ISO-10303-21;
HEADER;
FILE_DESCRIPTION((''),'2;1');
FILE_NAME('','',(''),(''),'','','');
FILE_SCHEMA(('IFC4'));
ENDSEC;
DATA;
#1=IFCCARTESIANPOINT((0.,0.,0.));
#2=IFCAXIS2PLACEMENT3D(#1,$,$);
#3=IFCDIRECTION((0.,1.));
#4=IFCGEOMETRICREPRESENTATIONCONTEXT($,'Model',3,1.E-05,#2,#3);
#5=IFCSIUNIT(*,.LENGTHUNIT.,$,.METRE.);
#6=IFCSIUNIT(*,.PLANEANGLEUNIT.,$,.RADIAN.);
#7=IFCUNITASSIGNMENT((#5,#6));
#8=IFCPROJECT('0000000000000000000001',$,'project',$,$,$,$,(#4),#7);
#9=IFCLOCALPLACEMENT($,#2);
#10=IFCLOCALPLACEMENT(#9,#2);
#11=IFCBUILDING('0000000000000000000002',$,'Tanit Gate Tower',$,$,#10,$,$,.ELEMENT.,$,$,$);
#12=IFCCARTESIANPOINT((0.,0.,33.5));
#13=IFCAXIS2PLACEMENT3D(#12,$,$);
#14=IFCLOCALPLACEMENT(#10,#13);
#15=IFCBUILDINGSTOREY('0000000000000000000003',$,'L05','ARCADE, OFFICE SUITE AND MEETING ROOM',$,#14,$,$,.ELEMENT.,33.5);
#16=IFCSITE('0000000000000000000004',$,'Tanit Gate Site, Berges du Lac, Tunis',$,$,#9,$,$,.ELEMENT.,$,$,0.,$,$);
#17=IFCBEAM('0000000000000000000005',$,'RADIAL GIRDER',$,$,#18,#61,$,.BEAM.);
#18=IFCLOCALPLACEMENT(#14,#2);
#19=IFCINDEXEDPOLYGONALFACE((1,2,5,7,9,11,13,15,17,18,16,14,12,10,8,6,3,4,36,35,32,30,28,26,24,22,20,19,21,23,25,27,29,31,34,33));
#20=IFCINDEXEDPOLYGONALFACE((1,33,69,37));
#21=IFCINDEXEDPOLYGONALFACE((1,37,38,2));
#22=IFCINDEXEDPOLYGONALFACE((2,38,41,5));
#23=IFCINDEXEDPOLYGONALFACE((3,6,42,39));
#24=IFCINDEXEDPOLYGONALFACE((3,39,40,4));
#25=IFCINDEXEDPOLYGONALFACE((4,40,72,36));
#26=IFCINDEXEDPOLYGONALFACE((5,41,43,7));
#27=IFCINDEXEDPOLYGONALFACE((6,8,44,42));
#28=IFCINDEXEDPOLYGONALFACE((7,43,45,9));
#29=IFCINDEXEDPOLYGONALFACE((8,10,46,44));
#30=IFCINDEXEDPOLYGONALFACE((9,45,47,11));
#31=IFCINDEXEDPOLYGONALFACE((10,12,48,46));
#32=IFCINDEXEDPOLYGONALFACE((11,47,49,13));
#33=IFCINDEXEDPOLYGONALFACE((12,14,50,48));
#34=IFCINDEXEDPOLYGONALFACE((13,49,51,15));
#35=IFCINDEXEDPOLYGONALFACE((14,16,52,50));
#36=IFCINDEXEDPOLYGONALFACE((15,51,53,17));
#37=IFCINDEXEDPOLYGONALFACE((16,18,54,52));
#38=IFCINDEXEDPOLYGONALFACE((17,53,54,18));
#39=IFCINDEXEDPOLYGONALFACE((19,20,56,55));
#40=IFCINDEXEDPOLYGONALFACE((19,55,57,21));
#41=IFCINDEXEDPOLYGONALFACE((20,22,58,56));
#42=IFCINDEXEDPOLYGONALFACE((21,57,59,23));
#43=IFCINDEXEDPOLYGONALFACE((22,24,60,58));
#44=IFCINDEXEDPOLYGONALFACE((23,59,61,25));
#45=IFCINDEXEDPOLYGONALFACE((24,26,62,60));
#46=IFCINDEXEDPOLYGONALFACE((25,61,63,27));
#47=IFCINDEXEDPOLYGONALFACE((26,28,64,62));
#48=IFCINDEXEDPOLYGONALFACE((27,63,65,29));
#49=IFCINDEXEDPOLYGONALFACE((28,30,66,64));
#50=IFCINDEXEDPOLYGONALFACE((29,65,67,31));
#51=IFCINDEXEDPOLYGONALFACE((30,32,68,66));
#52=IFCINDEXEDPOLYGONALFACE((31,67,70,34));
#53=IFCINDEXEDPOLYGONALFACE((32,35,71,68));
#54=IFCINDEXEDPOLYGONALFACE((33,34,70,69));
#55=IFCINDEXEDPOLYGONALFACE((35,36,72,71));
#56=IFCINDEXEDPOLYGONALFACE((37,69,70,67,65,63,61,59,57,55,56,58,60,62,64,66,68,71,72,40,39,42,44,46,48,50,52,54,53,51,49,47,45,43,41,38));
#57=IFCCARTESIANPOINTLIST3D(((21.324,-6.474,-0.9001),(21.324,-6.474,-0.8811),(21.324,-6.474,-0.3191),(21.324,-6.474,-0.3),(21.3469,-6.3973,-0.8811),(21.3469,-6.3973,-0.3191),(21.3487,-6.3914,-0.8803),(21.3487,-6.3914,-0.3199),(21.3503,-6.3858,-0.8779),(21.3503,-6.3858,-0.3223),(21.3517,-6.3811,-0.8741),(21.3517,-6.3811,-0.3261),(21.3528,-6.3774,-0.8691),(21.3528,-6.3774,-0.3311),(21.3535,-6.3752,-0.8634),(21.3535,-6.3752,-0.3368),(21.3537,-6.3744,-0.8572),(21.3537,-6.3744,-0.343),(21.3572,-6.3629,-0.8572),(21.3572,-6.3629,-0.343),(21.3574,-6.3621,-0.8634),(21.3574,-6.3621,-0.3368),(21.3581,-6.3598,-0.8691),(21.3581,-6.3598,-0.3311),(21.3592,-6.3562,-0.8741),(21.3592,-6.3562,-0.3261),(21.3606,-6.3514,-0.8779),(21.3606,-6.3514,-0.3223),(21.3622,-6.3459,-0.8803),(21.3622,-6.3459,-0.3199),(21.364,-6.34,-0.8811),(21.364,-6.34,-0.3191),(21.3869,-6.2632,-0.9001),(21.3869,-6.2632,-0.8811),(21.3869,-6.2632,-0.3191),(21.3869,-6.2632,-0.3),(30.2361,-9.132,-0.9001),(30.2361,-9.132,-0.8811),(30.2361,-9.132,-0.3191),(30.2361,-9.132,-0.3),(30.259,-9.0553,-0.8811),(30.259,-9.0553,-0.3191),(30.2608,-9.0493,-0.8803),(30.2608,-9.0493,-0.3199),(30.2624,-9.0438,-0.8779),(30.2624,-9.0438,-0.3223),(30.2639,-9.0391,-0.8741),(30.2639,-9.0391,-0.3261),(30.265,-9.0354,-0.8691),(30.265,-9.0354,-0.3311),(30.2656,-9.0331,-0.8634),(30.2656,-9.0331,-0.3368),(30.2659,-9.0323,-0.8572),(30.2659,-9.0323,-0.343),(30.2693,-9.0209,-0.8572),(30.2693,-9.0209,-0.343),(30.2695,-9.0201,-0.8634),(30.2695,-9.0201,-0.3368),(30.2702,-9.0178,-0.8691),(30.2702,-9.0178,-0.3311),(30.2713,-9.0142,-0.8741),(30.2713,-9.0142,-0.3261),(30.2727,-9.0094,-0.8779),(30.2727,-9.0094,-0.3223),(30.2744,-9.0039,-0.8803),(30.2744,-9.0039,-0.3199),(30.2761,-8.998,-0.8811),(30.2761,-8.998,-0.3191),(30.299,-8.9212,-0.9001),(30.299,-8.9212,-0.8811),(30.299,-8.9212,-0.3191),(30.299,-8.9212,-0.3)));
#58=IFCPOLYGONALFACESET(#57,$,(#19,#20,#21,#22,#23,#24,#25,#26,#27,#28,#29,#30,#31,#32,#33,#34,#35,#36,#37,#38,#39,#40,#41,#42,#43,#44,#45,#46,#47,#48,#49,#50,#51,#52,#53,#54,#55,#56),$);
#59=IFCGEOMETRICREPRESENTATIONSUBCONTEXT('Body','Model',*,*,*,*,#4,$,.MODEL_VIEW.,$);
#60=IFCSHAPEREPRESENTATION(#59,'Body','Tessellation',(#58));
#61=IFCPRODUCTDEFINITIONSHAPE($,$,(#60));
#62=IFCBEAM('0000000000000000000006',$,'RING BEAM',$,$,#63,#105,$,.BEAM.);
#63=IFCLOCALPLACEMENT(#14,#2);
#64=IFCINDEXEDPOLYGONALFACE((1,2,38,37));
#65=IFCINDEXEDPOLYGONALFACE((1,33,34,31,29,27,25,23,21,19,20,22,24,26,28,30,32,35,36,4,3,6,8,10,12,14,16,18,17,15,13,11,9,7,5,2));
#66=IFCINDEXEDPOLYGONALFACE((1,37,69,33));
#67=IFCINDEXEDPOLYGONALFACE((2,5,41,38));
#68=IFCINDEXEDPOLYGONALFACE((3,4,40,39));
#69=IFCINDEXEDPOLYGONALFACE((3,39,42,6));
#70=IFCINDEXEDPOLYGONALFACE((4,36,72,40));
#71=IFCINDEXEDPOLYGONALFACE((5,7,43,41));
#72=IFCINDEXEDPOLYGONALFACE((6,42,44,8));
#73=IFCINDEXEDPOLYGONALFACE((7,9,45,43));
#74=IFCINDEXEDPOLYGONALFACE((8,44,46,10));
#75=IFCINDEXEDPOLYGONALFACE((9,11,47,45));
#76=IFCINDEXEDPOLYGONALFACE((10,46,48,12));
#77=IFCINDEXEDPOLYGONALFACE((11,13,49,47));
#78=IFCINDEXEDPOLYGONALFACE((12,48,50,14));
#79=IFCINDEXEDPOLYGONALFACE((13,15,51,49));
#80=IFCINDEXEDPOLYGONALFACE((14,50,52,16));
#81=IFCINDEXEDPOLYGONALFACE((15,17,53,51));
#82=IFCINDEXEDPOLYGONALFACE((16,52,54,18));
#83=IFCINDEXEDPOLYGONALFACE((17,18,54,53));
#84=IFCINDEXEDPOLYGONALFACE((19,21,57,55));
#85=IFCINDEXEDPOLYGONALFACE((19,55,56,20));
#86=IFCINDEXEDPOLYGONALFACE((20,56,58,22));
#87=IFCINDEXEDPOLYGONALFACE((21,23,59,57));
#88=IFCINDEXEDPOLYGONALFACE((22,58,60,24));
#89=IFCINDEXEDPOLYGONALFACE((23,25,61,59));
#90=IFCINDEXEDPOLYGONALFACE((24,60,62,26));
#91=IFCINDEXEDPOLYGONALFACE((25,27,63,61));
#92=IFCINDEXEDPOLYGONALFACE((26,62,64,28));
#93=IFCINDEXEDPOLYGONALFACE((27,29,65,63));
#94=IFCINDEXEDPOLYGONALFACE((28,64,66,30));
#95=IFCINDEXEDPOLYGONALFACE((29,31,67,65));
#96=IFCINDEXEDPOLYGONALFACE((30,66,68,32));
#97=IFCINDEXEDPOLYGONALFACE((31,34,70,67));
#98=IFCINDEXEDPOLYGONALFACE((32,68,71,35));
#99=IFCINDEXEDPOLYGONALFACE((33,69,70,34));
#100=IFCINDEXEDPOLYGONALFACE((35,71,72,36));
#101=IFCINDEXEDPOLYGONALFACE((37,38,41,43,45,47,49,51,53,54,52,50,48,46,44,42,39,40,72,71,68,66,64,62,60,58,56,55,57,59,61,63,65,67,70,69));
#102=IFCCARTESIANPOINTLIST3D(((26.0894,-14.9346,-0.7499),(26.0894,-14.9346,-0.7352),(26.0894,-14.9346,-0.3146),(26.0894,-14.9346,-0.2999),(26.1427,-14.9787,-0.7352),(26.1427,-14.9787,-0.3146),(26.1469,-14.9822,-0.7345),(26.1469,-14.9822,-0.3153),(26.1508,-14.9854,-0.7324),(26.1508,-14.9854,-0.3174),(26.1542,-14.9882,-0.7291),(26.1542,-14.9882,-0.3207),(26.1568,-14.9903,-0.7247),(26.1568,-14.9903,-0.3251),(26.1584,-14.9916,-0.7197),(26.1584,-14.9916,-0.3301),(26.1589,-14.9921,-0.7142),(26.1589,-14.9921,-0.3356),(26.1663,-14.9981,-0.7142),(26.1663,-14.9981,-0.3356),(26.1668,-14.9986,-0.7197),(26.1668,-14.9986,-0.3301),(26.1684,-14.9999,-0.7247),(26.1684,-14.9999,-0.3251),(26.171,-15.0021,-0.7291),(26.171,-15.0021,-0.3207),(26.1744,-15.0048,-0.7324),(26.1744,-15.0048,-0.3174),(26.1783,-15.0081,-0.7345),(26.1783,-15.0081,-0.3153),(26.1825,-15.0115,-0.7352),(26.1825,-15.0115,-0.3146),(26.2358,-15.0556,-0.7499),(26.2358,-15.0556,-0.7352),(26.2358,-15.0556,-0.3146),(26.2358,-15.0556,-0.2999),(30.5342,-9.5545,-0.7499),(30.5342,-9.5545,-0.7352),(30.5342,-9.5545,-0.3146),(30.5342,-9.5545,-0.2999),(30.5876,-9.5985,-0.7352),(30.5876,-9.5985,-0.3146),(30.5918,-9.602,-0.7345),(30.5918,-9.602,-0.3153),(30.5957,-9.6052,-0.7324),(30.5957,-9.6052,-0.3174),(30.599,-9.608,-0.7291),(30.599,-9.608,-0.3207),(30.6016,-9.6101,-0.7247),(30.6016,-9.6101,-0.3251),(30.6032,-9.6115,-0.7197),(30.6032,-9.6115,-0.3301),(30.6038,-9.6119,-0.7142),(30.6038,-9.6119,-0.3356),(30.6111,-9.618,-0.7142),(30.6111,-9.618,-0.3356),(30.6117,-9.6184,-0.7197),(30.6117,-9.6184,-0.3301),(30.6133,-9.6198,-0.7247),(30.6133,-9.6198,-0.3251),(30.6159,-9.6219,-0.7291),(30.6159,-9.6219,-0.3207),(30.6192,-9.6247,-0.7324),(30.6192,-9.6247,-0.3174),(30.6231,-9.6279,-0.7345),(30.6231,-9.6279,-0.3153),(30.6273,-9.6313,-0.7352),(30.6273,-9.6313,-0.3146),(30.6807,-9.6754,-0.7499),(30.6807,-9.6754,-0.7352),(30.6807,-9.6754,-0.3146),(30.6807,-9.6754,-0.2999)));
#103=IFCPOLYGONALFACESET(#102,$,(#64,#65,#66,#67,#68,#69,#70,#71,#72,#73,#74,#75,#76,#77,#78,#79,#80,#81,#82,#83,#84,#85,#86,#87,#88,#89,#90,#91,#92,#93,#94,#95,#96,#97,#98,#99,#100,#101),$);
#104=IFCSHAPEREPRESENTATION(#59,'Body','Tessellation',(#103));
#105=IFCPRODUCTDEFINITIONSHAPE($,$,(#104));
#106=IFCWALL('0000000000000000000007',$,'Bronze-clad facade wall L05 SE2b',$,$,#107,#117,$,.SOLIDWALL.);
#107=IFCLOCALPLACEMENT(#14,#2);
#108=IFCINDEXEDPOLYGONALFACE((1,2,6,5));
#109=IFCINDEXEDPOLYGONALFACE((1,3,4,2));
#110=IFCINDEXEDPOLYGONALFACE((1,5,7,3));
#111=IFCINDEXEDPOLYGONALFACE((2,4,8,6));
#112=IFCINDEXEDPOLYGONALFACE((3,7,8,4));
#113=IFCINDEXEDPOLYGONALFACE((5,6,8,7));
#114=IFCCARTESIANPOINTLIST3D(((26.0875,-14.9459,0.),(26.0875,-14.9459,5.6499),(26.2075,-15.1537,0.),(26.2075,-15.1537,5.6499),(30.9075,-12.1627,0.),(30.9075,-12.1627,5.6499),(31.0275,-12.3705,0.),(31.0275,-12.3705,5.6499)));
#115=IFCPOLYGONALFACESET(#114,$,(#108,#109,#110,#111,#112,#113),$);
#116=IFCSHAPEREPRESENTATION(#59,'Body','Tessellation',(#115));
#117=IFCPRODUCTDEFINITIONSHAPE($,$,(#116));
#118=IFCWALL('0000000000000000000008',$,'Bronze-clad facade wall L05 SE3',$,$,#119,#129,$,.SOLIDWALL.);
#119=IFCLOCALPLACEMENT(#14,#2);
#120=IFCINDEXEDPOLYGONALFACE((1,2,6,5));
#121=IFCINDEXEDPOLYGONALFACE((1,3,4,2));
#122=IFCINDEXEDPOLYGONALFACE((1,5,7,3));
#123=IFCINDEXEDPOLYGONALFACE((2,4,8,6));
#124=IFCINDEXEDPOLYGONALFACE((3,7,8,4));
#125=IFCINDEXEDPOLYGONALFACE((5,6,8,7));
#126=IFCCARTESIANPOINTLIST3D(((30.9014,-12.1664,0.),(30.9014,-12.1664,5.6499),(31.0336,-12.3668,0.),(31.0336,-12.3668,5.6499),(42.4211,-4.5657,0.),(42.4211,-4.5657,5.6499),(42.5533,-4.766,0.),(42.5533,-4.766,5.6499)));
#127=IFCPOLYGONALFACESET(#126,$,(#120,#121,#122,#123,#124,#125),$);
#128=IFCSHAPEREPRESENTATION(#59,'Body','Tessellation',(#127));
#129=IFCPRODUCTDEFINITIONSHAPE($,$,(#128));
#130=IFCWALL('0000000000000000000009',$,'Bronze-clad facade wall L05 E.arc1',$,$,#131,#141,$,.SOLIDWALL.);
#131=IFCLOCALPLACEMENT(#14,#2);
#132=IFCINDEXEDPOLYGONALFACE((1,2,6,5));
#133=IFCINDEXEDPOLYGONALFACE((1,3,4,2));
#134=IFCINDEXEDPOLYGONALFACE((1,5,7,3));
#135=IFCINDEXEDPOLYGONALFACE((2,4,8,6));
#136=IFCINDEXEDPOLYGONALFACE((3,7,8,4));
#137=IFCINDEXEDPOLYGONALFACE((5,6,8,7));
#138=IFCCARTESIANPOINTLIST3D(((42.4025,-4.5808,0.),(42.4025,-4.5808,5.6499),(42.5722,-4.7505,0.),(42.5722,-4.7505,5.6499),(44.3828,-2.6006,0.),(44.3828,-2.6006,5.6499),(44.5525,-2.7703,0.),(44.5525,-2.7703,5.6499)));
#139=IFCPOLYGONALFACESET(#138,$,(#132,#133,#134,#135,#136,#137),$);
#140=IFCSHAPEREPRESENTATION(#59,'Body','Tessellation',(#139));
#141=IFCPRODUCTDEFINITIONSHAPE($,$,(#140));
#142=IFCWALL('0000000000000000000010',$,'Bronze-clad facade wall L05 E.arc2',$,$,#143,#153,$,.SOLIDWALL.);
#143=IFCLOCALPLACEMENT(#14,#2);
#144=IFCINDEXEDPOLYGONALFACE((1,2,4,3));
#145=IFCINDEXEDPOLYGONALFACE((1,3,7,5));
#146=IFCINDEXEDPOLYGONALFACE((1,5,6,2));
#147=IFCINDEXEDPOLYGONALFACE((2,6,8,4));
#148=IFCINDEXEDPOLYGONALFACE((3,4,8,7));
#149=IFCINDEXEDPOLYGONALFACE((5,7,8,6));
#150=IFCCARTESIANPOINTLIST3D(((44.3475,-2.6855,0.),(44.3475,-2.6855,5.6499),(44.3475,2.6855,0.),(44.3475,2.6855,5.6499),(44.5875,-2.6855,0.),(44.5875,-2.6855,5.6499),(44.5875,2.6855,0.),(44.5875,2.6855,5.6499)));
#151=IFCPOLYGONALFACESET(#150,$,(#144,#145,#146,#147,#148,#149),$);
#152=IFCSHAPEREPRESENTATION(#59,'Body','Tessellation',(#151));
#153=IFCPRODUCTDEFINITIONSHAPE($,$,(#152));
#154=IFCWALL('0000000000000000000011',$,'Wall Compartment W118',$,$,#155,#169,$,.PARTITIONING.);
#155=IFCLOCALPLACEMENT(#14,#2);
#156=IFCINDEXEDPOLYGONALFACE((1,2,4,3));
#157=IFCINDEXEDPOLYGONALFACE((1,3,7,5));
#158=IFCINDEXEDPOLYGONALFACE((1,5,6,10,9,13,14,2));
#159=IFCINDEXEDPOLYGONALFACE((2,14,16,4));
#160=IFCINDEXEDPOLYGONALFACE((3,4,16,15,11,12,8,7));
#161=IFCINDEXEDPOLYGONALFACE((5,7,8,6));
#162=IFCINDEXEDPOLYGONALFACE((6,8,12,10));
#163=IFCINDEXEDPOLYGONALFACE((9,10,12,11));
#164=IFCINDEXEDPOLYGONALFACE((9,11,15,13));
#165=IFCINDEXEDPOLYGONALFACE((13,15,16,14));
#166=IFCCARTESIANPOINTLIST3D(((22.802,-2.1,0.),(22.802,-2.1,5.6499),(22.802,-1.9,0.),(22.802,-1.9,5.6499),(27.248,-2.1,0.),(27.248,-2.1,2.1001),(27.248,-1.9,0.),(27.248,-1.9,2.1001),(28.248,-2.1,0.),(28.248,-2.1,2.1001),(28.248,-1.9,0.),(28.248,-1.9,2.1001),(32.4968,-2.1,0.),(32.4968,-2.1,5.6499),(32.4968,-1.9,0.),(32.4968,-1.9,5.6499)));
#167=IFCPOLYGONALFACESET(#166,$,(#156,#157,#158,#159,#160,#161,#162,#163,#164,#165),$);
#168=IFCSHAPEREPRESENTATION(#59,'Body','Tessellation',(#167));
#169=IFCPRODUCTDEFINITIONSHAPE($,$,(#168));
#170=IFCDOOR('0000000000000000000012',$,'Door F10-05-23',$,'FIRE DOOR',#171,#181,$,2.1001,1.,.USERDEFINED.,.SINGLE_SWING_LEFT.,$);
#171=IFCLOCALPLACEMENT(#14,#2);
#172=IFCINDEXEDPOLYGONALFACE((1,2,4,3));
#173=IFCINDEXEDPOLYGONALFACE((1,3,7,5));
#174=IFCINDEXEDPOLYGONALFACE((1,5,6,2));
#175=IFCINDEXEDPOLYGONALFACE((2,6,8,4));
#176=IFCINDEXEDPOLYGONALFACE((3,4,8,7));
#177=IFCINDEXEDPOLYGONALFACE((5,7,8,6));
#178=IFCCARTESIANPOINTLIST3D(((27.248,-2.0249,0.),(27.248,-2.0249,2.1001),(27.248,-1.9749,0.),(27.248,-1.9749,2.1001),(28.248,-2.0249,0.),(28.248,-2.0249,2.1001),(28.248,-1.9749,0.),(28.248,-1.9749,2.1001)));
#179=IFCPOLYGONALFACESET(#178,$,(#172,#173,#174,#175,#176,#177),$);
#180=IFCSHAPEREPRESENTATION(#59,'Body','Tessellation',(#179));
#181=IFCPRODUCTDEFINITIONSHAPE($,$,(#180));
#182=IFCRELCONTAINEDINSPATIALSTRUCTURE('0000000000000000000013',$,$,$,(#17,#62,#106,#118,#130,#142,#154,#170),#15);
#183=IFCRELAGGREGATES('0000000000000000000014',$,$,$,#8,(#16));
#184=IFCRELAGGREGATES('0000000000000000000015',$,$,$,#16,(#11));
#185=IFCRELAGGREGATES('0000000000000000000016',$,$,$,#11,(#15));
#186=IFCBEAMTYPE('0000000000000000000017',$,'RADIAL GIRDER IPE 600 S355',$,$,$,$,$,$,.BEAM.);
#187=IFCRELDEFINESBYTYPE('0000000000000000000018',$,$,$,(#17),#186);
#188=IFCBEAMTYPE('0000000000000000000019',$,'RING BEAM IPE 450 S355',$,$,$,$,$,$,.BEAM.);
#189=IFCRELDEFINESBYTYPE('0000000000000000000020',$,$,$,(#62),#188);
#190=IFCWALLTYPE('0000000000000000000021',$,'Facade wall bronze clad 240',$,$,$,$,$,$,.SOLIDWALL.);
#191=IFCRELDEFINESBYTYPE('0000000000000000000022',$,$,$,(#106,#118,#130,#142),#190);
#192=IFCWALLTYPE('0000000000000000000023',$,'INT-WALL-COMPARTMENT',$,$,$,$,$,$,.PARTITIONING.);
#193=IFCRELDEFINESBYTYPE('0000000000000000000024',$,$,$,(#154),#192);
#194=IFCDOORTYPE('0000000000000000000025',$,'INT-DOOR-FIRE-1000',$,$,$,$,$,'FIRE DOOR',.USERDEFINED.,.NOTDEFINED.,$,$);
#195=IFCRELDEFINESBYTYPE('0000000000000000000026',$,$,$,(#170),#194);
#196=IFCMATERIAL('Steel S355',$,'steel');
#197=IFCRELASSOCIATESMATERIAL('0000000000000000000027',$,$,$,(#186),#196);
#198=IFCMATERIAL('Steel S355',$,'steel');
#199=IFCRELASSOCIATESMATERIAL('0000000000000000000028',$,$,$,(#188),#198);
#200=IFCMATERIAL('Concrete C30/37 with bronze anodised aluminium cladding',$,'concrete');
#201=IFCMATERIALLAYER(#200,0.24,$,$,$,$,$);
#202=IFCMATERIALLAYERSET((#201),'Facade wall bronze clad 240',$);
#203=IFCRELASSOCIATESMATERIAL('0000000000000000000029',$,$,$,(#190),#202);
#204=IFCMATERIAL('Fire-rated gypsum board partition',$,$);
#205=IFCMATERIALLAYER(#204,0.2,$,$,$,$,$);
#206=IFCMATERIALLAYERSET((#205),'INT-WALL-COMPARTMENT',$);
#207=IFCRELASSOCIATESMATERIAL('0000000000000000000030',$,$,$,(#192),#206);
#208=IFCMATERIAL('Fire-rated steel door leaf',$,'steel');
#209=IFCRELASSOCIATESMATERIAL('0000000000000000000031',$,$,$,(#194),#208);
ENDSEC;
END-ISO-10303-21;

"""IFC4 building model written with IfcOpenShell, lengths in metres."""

from ifc_helpers import new_model, si_unit, direction, frame, frame_2d, origin, origin_2d, place, context, subcontext, project, spatial, rectangle, i_section, extrude, material, layer, layer_set, material_profile, profile_set, type_object, element, fill, save


model = new_model("IFC4")

# Units and contexts
model_context = context("Model", 3, precision=1e-05, world=origin(), true_north=direction((0.0, 1.0)))
body_context = subcontext(model_context, "Body", "Model", "MODEL_VIEW")
ifc_project = project(units=[si_unit("LENGTHUNIT", "METRE"), si_unit("PLANEANGLEUNIT", "RADIAN")], contexts=[model_context])

# Site, building, storey
site_placement = place(None, origin())
site = spatial("IfcSite", under=ifc_project, at=site_placement, Name="Tanit Gate Site, Berges du Lac, Tunis", CompositionType="ELEMENT", RefElevation=0.0)
building_placement = place(site_placement, origin())
building = spatial("IfcBuilding", under=site, at=building_placement, Name="Tanit Gate Tower", CompositionType="ELEMENT")
storey_placement = place(building_placement, frame((0.0, 0.0, 33.5)))
storey = spatial("IfcBuildingStorey", under=building, at=storey_placement, Name="L05", Description="ARCADE, OFFICE SUITE AND MEETING ROOM", CompositionType="ELEMENT", Elevation=33.5)

# Beams
ifc_material_1 = material(Name="Steel S355", Category="steel")
ifc_material_profile_1 = material_profile(ifc_material_1, i_section(OverallWidth=0.22, OverallDepth=0.6001, WebThickness=0.012, FlangeThickness=0.019, FilletRadius=0.0239, at=origin_2d()), Name="IPE 600")
ifc_profile_set_1 = profile_set([ifc_material_profile_1], Name="Steel S355")
beam_type_1 = type_object("IfcBeamType", Name="RADIAL GIRDER IPE 600 S355", PredefinedType="BEAM", material=ifc_profile_set_1)
beam_1_placement = place(storey_placement, frame((30.2676, -9.0266, -0.6001), z_axis=(-0.958289, 0.285801, 0.0), x_axis=(-0.285801, -0.958289, 0.0)))
element("IfcBeam", 1, at=beam_1_placement, inside=storey, type_object=beam_type_1, Name="RADIAL GIRDER", PredefinedType="BEAM", context=body_context, shape_type="SweptSolid", body=[
    extrude(i_section(OverallWidth=0.22, OverallDepth=0.6001, WebThickness=0.012, FlangeThickness=0.019, FilletRadius=0.0239, at=origin_2d()), origin(), (0.0, 0.0, 1.0), 9.3),
])
ifc_material_2 = material(Name="Steel S355", Category="steel")
ifc_material_profile_2 = material_profile(ifc_material_2, i_section(OverallWidth=0.1899, OverallDepth=0.45, WebThickness=0.0095, FlangeThickness=0.0146, FilletRadius=0.021, at=origin_2d()), Name="IPE 450")
ifc_profile_set_2 = profile_set([ifc_material_profile_2], Name="Steel S355")
beam_type_2 = type_object("IfcBeamType", Name="RING BEAM IPE 450 S355", PredefinedType="BEAM", material=ifc_profile_set_2)
beam_2_placement = place(storey_placement, frame((26.1626, -14.9951, -0.5249), z_axis=(0.636913, 0.770936, 0.0), x_axis=(-0.770936, 0.636913, 0.0)))
element("IfcBeam", 2, at=beam_2_placement, inside=storey, type_object=beam_type_2, Name="RING BEAM", PredefinedType="BEAM", context=body_context, shape_type="SweptSolid", body=[
    extrude(i_section(OverallWidth=0.1899, OverallDepth=0.45, WebThickness=0.0095, FlangeThickness=0.0146, FilletRadius=0.021, at=origin_2d()), origin(), (0.0, 0.0, 1.0), 6.9788),
])

# Walls
ifc_material_3 = material(Name="Concrete C30/37 with bronze anodised aluminium cladding", Category="concrete")
ifc_layer_1 = layer(ifc_material_3, 0.24)
ifc_layer_set_1 = layer_set([ifc_layer_1], Name="Facade wall bronze clad 240")
wall_type_1 = type_object("IfcWallType", Name="Facade wall bronze clad 240", PredefinedType="SOLIDWALL", material=ifc_layer_set_1)
wall_1_placement = place(storey_placement, frame((26.1475, -15.0498, 0.0), z_axis=(0.0, 0.0, 1.0), x_axis=(0.865999, 0.500045, 0.0)))
element("IfcWall", 3, at=wall_1_placement, inside=storey, type_object=wall_type_1, Name="Bronze-clad facade wall L05 SE2b", PredefinedType="SOLIDWALL", context=body_context, shape_type="SweptSolid", body=[
    extrude(rectangle(XDim=5.5659, YDim=0.24, at=frame_2d((2.783, 0.0))), origin(), (0.0, 0.0, 1.0), 5.6499),
])
wall_2_placement = place(storey_placement, frame((30.9675, -12.2666, 0.0), z_axis=(0.0, 0.0, 1.0), x_axis=(0.834683, 0.55073, 0.0)))
element("IfcWall", 4, at=wall_2_placement, inside=storey, type_object=wall_type_1, Name="Bronze-clad facade wall L05 SE3", PredefinedType="SOLIDWALL", context=body_context, shape_type="SweptSolid", body=[
    extrude(rectangle(XDim=13.8013, YDim=0.24, at=frame_2d((6.9006, 0.0))), origin(), (0.0, 0.0, 1.0), 5.6499),
])
wall_3_placement = place(storey_placement, frame((42.4873, -4.6658, 0.0), z_axis=(0.0, 0.0, 1.0), x_axis=(0.707107, 0.707107, 0.0)))
element("IfcWall", 5, at=wall_3_placement, inside=storey, type_object=wall_type_1, Name="Bronze-clad facade wall L05 E.arc1", PredefinedType="SOLIDWALL", context=body_context, shape_type="SweptSolid", body=[
    extrude(rectangle(XDim=2.8005, YDim=0.24, at=frame_2d((1.4004, 0.0))), origin(), (0.0, 0.0, 1.0), 5.6499),
])
wall_4_placement = place(storey_placement, frame((44.4675, -2.6855, 0.0), z_axis=(0.0, 0.0, 1.0), x_axis=(0.0, 1.0, 0.0)))
element("IfcWall", 6, at=wall_4_placement, inside=storey, type_object=wall_type_1, Name="Bronze-clad facade wall L05 E.arc2", PredefinedType="SOLIDWALL", context=body_context, shape_type="SweptSolid", body=[
    extrude(rectangle(XDim=5.3711, YDim=0.24, at=frame_2d((2.6855, 0.0))), origin(), (0.0, 0.0, 1.0), 5.6499),
])

# Wall, opening, door
ifc_material_4 = material(Name="Fire-rated gypsum board partition")
ifc_layer_2 = layer(ifc_material_4, 0.2)
ifc_layer_set_2 = layer_set([ifc_layer_2], Name="INT-WALL-COMPARTMENT")
wall_type_2 = type_object("IfcWallType", Name="INT-WALL-COMPARTMENT", PredefinedType="PARTITIONING", material=ifc_layer_set_2)
wall_5_placement = place(storey_placement, frame((32.4968, -2.0, 0.0), z_axis=(0.0, 0.0, 1.0), x_axis=(-1.0, 0.0, 0.0)))
wall_5 = element("IfcWall", 7, at=wall_5_placement, inside=storey, type_object=wall_type_2, Name="Wall Compartment W118", PredefinedType="PARTITIONING", context=body_context, shape_type="SweptSolid", body=[
    extrude(rectangle(XDim=9.6948, YDim=0.2, at=frame_2d((4.8474, 0.0))), origin(), (0.0, 0.0, 1.0), 5.6499),
])
opening_1_placement = place(wall_5_placement, frame((4.2488, 0.0, 0.0)))
opening_1 = element("IfcOpeningElement", 8, at=opening_1_placement, cuts=wall_5, PredefinedType="OPENING", context=body_context, shape_type="SweptSolid", body=[
    extrude(rectangle(XDim=1.0, YDim=2.1001, at=frame_2d((0.5, 1.05))), frame((0.0, 0.1099, 0.0), z_axis=(0.0, -1.0, 0.0), x_axis=(1.0, 0.0, 0.0)), (0.0, 0.0, 1.0), 0.22),
])
ifc_material_5 = material(Name="Fire-rated steel door leaf", Category="steel")
door_type_1 = type_object("IfcDoorType", Name="INT-DOOR-FIRE-1000", ElementType="FIRE DOOR", OperationType="NOTDEFINED", PredefinedType="USERDEFINED", material=ifc_material_5)
door_1_placement = place(opening_1_placement, origin())
door_1 = element("IfcDoor", 9, at=door_1_placement, inside=storey, type_object=door_type_1, Name="Door F10-05-23", ObjectType="FIRE DOOR", OperationType="SINGLE_SWING_LEFT", OverallHeight=2.1001, OverallWidth=1.0, PredefinedType="USERDEFINED", context=body_context, shape_type="SweptSolid", body=[
    extrude(rectangle(XDim=1.0, YDim=2.1001, at=frame_2d((0.5, 1.05))), frame((0.0, 0.0249, 0.0), z_axis=(0.0, -1.0, 0.0), x_axis=(1.0, 0.0, 0.0)), (0.0, 0.0, 1.0), 0.05),
])
fill(opening_1, door_1)

save(model, "model.ifc")
